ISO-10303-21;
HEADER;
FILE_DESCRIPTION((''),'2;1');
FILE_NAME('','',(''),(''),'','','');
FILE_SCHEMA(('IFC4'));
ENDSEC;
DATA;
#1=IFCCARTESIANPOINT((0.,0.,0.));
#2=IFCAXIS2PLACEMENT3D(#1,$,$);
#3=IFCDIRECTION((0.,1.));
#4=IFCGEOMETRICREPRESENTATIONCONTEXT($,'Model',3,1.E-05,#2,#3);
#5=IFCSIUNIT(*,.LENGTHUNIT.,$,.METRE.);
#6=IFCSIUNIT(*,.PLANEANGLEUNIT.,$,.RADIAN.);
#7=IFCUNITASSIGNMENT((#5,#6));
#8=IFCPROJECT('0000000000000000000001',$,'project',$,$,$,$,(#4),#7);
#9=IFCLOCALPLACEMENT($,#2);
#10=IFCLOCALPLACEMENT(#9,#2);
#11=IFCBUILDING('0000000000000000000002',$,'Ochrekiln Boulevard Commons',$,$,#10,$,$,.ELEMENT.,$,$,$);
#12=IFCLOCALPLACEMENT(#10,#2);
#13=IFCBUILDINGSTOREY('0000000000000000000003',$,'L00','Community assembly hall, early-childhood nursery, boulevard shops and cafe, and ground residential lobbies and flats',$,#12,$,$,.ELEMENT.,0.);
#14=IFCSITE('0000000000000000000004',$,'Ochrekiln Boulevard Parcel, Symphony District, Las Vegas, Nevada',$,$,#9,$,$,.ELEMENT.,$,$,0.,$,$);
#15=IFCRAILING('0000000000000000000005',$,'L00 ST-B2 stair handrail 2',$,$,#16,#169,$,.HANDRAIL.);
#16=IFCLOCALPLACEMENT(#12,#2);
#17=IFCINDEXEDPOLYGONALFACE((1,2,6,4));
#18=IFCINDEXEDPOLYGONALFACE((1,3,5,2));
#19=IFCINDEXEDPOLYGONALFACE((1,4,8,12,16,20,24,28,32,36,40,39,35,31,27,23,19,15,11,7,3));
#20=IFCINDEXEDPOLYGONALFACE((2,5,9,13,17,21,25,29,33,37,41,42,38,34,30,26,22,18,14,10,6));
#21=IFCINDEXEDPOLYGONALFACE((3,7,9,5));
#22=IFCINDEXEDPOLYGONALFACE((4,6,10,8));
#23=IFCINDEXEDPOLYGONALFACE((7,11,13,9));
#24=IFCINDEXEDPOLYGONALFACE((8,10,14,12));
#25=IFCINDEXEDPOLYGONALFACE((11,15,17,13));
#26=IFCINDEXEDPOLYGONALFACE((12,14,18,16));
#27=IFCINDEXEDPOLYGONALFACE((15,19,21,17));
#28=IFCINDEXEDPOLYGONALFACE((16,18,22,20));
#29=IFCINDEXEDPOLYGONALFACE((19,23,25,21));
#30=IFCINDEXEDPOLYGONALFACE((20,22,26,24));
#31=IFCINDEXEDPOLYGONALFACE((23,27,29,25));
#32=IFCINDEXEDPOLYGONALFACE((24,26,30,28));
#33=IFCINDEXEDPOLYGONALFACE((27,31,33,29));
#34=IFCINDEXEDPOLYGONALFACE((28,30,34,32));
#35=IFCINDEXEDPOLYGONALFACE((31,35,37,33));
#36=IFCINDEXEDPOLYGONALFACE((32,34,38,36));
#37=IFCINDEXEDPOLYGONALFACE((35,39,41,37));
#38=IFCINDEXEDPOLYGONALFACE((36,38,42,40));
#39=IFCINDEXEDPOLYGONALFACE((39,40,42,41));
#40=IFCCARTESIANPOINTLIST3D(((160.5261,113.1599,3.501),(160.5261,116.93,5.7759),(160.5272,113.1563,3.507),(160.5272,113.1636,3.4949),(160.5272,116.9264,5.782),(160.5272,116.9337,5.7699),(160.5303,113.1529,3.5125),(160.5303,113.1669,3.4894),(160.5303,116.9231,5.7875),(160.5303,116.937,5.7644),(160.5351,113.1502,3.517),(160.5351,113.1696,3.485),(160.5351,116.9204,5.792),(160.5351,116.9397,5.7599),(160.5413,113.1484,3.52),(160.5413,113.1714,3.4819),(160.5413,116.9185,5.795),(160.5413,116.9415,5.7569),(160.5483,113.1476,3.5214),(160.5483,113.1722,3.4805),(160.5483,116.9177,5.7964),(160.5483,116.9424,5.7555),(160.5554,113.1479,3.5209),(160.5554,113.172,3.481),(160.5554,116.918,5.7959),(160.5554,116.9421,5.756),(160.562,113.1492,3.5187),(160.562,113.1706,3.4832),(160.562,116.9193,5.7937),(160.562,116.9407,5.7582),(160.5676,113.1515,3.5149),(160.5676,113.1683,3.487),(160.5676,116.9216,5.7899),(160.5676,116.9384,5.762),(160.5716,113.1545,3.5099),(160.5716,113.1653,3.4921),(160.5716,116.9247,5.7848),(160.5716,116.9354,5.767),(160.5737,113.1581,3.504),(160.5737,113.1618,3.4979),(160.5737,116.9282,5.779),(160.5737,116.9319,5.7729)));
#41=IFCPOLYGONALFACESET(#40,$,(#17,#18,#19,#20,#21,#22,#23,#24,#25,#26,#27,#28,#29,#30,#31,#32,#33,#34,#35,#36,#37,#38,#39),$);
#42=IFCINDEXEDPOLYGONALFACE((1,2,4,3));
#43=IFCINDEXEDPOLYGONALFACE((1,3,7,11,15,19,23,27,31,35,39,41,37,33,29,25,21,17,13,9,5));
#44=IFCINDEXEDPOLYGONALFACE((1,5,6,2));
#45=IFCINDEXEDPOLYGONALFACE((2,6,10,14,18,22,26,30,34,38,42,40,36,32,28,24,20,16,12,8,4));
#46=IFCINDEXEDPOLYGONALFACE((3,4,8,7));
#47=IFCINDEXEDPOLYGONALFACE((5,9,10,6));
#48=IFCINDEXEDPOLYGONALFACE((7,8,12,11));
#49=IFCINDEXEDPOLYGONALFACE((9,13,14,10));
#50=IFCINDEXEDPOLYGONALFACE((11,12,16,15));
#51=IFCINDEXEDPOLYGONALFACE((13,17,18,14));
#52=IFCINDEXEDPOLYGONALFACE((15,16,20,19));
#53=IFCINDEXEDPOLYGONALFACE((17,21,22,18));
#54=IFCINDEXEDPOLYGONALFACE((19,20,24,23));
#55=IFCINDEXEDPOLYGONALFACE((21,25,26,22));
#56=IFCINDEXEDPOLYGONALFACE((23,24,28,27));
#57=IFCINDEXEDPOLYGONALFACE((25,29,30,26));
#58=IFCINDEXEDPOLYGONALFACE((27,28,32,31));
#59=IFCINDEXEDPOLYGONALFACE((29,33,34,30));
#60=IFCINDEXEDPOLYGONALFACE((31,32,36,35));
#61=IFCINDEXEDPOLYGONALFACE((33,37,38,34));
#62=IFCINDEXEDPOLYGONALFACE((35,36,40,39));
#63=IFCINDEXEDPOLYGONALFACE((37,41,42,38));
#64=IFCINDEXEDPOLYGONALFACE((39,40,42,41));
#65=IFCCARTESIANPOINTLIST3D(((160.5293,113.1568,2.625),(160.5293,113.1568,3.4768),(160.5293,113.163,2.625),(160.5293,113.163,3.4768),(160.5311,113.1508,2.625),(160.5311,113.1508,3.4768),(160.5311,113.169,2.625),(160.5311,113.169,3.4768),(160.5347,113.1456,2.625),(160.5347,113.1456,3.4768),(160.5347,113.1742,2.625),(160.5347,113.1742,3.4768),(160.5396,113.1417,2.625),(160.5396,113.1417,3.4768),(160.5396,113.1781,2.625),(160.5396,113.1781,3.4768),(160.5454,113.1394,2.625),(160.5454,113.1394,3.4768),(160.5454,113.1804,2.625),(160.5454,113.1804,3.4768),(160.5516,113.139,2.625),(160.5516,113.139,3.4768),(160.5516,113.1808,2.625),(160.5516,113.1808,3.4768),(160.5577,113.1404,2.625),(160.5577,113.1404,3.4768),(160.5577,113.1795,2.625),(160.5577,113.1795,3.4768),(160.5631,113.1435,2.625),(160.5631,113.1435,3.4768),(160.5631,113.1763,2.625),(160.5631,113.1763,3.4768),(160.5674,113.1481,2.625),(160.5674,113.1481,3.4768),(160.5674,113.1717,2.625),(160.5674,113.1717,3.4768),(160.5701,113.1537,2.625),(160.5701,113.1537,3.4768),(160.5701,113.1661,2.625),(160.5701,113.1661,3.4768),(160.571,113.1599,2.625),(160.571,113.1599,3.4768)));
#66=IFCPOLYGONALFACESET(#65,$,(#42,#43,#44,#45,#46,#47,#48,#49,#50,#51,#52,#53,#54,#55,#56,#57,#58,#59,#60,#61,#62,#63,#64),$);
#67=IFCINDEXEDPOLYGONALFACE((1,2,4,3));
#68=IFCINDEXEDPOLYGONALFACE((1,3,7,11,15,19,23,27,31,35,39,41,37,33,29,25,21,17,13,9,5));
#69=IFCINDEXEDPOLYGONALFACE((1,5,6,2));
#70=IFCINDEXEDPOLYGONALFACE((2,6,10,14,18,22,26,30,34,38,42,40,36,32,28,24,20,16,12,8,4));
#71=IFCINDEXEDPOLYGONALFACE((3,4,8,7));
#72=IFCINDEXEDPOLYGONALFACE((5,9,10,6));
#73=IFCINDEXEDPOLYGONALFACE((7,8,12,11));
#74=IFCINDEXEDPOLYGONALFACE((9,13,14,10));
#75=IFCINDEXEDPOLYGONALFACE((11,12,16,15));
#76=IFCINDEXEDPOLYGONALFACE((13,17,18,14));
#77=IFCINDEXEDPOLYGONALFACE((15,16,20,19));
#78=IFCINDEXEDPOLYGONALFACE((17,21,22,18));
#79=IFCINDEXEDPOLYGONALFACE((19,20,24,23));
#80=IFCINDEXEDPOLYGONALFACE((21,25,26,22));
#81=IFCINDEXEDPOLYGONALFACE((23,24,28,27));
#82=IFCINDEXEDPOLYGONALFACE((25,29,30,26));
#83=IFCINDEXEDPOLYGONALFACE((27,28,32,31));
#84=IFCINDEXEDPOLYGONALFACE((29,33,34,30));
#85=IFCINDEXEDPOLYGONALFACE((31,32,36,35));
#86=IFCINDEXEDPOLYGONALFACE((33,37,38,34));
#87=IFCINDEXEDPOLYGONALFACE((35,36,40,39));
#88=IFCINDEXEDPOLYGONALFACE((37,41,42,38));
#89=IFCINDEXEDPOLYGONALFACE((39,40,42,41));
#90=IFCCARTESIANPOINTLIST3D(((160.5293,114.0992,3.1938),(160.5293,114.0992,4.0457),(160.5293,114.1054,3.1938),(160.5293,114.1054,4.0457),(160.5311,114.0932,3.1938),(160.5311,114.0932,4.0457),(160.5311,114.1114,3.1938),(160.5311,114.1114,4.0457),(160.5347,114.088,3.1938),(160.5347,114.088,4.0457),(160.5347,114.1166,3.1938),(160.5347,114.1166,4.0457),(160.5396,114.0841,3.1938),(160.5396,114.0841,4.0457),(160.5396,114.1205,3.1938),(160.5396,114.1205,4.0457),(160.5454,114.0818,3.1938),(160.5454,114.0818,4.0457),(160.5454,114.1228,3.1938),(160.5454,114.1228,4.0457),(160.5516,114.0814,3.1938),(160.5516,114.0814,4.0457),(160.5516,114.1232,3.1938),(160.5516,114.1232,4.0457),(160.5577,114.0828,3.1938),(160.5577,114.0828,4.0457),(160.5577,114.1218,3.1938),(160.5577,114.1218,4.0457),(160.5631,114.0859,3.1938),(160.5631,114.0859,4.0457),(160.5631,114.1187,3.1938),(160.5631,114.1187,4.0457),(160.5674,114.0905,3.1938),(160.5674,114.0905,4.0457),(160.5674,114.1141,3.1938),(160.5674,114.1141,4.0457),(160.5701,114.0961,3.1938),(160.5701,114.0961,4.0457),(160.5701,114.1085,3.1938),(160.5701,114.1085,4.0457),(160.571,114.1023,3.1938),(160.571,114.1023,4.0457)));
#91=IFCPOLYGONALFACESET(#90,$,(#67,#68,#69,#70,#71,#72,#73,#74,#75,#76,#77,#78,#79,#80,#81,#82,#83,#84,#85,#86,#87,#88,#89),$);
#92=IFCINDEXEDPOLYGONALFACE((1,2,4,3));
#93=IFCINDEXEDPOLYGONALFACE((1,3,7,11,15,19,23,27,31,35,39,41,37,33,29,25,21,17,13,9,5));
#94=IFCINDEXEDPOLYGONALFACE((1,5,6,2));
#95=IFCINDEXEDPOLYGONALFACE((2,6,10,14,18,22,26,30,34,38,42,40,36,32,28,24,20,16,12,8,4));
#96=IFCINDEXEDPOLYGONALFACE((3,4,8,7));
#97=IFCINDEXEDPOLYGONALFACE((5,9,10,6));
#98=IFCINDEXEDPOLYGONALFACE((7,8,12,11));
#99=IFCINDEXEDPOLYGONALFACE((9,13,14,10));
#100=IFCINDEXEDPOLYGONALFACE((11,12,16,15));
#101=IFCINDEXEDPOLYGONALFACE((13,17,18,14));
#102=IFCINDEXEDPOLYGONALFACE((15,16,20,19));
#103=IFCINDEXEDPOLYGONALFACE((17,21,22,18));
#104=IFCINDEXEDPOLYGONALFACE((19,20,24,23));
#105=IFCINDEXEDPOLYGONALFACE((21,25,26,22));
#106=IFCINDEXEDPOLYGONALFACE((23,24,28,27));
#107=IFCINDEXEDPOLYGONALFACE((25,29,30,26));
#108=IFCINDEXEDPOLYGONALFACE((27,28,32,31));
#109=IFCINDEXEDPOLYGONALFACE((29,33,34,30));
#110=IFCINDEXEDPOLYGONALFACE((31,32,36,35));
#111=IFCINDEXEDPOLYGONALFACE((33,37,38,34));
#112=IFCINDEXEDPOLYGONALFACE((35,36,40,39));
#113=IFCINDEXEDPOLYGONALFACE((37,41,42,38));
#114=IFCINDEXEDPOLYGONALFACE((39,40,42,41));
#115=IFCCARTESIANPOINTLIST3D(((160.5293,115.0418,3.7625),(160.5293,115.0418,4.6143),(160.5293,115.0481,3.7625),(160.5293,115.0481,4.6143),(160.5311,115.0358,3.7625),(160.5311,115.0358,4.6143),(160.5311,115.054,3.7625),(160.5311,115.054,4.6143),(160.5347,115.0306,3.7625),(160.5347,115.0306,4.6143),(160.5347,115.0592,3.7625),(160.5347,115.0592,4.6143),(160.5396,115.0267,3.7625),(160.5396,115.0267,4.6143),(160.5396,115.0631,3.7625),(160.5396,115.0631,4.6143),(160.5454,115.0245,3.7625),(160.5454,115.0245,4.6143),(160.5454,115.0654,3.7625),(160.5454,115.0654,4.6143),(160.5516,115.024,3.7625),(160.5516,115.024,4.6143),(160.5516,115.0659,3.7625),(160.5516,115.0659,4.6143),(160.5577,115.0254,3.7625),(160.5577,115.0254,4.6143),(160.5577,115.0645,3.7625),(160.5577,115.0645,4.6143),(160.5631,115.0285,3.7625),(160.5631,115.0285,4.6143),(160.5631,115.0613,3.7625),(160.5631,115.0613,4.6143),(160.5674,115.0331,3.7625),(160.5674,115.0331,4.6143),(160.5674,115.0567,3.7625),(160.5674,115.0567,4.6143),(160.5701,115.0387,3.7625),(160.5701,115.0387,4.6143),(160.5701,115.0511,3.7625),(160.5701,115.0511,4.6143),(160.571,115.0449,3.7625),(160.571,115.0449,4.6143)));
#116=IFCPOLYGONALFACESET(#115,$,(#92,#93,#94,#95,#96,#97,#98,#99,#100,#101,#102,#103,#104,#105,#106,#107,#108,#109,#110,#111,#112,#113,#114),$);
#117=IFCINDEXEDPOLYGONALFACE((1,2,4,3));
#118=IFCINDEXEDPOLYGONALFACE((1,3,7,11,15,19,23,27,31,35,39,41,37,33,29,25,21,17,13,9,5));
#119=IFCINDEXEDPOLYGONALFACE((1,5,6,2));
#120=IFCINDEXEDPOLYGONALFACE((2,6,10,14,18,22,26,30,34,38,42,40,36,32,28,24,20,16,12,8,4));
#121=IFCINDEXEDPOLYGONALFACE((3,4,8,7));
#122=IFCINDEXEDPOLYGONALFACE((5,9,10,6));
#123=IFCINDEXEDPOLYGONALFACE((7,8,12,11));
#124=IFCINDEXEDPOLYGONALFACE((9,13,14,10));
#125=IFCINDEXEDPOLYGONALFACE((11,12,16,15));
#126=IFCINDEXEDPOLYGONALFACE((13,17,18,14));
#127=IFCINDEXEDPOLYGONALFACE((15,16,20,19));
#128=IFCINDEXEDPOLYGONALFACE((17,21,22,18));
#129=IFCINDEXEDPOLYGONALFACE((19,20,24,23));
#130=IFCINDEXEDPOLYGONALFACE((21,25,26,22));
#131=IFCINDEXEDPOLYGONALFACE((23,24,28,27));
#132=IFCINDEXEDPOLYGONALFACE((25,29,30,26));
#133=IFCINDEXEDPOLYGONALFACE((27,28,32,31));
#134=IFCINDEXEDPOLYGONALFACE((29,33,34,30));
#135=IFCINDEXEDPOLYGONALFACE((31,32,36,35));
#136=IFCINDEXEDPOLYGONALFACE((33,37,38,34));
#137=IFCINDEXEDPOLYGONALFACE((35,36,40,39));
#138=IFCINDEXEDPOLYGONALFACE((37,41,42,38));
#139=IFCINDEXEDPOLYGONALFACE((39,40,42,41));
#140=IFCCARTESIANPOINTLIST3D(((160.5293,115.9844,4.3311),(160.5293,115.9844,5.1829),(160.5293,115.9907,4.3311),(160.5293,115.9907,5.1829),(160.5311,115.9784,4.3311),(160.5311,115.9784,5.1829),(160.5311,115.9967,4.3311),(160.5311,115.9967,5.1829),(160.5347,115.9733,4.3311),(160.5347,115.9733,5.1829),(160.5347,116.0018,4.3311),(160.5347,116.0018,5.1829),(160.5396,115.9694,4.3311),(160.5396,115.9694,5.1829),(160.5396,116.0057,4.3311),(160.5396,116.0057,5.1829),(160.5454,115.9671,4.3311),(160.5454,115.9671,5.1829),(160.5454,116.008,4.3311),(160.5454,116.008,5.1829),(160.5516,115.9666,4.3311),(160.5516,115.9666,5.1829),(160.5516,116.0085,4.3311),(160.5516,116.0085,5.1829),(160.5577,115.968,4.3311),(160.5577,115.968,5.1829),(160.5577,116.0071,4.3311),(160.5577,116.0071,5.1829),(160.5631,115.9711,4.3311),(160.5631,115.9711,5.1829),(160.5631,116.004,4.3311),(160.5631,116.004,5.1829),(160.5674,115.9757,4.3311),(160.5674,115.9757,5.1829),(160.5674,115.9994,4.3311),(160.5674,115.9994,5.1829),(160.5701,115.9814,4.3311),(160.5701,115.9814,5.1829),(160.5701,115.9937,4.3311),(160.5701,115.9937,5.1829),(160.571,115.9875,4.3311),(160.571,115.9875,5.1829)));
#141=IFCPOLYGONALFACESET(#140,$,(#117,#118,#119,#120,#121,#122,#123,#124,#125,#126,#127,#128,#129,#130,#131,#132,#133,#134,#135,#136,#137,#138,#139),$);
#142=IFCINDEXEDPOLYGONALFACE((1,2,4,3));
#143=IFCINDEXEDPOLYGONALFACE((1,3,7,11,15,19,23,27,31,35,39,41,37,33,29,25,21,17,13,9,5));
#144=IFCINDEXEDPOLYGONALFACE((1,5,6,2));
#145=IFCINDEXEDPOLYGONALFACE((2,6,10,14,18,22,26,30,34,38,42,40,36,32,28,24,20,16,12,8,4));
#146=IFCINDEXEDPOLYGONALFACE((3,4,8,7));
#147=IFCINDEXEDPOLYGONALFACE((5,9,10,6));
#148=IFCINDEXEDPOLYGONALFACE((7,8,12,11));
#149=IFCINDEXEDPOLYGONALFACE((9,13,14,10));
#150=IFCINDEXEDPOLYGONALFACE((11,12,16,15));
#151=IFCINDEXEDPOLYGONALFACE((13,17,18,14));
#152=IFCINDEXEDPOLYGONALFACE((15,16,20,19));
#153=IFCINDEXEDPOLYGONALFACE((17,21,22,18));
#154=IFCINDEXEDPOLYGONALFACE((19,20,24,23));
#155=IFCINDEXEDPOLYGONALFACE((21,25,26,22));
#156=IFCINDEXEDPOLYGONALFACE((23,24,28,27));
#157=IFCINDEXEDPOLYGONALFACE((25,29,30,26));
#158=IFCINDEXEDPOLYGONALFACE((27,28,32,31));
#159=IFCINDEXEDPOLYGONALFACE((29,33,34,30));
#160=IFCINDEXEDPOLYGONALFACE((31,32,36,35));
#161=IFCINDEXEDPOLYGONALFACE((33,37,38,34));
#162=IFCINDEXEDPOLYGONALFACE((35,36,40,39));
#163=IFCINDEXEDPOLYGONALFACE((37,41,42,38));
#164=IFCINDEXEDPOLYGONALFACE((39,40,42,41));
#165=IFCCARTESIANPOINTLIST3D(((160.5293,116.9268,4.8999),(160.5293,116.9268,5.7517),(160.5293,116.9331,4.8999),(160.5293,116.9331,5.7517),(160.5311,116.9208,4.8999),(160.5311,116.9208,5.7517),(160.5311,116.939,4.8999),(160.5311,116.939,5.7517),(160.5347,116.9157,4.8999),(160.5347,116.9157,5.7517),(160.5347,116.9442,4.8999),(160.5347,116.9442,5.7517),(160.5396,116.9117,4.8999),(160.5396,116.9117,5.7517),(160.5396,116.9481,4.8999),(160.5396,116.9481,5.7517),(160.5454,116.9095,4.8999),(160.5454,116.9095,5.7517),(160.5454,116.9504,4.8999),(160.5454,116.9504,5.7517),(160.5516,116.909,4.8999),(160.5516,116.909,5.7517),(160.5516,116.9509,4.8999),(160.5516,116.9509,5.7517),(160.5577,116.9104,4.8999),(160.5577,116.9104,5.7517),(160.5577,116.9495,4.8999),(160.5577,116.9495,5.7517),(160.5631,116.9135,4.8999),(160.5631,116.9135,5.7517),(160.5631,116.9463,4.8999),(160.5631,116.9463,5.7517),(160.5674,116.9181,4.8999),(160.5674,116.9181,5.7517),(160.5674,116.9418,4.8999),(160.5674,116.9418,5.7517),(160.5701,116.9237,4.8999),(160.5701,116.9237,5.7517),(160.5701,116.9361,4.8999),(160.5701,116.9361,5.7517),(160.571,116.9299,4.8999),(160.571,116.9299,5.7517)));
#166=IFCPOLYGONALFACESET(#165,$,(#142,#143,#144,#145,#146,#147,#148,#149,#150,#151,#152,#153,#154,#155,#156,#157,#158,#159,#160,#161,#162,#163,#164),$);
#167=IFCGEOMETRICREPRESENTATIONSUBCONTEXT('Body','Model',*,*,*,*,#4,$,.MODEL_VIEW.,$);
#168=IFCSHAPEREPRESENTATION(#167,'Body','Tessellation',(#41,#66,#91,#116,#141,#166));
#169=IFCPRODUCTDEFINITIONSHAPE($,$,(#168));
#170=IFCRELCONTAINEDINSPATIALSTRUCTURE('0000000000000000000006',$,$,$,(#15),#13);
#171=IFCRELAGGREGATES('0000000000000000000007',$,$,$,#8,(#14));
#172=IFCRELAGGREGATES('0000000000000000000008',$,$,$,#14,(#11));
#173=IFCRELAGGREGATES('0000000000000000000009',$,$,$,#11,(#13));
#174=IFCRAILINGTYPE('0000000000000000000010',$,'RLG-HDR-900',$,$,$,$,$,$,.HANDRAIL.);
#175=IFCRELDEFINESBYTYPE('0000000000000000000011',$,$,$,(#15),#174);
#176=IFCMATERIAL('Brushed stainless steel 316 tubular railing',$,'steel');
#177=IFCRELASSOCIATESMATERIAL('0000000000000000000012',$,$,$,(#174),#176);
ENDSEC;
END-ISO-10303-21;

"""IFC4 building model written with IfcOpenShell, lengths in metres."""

from ifc_helpers import new_model, si_unit, direction, frame, origin, origin_2d, place, context, subcontext, project, spatial, circle, extrude, material, type_object, element, save


model = new_model("IFC4")

# Units and contexts
model_context = context("Model", 3, precision=1e-05, world=origin(), true_north=direction((0.0, 1.0)))
body_context = subcontext(model_context, "Body", "Model", "MODEL_VIEW")
ifc_project = project(units=[si_unit("LENGTHUNIT", "METRE"), si_unit("PLANEANGLEUNIT", "RADIAN")], contexts=[model_context])

# Site, building, storey
site_placement = place(None, origin())
site = spatial("IfcSite", under=ifc_project, at=site_placement, Name="Ochrekiln Boulevard Parcel, Symphony District, Las Vegas, Nevada", CompositionType="ELEMENT", RefElevation=0.0)
building_placement = place(site_placement, origin())
building = spatial("IfcBuilding", under=site, at=building_placement, Name="Ochrekiln Boulevard Commons", CompositionType="ELEMENT")
storey_placement = place(building_placement, origin())
storey = spatial("IfcBuildingStorey", under=building, at=storey_placement, Name="L00", Description="Community assembly hall, early-childhood nursery, boulevard shops and cafe, and ground residential lobbies and flats", CompositionType="ELEMENT", Elevation=0.0)

# Railing
ifc_material_1 = material(Name="Brushed stainless steel 316 tubular railing", Category="steel")
railing_type_1 = type_object("IfcRailingType", Name="RLG-HDR-900", PredefinedType="HANDRAIL", material=ifc_material_1)
railing_1_placement = place(storey_placement, frame((160.55, 113.1599, 2.625)))
element("IfcRailing", 1, at=railing_1_placement, inside=storey, type_object=railing_type_1, Name="L00 ST-B2 stair handrail 2", PredefinedType="HANDRAIL", context=body_context, shape_type="SweptSolid", body=[
    extrude(circle(Radius=0.0239, at=origin_2d()), frame((0.0, 0.0, 0.876), z_axis=(0.0, 0.856199, 0.516647), x_axis=(-1.0, 0.0, 0.0)), (0.0, 0.0, 1.0), 4.4033),
    extrude(circle(Radius=0.021, at=origin_2d()), origin(), (0.0, 0.0, 1.0), 0.8518),
    extrude(circle(Radius=0.021, at=origin_2d()), frame((0.0, 0.9424, 0.5688)), (0.0, 0.0, 1.0), 0.8518),
    extrude(circle(Radius=0.021, at=origin_2d()), frame((0.0, 1.885, 1.1375)), (0.0, 0.0, 1.0), 0.8518),
    extrude(circle(Radius=0.021, at=origin_2d()), frame((0.0, 2.8276, 1.7061)), (0.0, 0.0, 1.0), 0.8518),
    extrude(circle(Radius=0.021, at=origin_2d()), frame((0.0, 3.77, 2.2749)), (0.0, 0.0, 1.0), 0.8518),
])

save(model, "model.ifc")
